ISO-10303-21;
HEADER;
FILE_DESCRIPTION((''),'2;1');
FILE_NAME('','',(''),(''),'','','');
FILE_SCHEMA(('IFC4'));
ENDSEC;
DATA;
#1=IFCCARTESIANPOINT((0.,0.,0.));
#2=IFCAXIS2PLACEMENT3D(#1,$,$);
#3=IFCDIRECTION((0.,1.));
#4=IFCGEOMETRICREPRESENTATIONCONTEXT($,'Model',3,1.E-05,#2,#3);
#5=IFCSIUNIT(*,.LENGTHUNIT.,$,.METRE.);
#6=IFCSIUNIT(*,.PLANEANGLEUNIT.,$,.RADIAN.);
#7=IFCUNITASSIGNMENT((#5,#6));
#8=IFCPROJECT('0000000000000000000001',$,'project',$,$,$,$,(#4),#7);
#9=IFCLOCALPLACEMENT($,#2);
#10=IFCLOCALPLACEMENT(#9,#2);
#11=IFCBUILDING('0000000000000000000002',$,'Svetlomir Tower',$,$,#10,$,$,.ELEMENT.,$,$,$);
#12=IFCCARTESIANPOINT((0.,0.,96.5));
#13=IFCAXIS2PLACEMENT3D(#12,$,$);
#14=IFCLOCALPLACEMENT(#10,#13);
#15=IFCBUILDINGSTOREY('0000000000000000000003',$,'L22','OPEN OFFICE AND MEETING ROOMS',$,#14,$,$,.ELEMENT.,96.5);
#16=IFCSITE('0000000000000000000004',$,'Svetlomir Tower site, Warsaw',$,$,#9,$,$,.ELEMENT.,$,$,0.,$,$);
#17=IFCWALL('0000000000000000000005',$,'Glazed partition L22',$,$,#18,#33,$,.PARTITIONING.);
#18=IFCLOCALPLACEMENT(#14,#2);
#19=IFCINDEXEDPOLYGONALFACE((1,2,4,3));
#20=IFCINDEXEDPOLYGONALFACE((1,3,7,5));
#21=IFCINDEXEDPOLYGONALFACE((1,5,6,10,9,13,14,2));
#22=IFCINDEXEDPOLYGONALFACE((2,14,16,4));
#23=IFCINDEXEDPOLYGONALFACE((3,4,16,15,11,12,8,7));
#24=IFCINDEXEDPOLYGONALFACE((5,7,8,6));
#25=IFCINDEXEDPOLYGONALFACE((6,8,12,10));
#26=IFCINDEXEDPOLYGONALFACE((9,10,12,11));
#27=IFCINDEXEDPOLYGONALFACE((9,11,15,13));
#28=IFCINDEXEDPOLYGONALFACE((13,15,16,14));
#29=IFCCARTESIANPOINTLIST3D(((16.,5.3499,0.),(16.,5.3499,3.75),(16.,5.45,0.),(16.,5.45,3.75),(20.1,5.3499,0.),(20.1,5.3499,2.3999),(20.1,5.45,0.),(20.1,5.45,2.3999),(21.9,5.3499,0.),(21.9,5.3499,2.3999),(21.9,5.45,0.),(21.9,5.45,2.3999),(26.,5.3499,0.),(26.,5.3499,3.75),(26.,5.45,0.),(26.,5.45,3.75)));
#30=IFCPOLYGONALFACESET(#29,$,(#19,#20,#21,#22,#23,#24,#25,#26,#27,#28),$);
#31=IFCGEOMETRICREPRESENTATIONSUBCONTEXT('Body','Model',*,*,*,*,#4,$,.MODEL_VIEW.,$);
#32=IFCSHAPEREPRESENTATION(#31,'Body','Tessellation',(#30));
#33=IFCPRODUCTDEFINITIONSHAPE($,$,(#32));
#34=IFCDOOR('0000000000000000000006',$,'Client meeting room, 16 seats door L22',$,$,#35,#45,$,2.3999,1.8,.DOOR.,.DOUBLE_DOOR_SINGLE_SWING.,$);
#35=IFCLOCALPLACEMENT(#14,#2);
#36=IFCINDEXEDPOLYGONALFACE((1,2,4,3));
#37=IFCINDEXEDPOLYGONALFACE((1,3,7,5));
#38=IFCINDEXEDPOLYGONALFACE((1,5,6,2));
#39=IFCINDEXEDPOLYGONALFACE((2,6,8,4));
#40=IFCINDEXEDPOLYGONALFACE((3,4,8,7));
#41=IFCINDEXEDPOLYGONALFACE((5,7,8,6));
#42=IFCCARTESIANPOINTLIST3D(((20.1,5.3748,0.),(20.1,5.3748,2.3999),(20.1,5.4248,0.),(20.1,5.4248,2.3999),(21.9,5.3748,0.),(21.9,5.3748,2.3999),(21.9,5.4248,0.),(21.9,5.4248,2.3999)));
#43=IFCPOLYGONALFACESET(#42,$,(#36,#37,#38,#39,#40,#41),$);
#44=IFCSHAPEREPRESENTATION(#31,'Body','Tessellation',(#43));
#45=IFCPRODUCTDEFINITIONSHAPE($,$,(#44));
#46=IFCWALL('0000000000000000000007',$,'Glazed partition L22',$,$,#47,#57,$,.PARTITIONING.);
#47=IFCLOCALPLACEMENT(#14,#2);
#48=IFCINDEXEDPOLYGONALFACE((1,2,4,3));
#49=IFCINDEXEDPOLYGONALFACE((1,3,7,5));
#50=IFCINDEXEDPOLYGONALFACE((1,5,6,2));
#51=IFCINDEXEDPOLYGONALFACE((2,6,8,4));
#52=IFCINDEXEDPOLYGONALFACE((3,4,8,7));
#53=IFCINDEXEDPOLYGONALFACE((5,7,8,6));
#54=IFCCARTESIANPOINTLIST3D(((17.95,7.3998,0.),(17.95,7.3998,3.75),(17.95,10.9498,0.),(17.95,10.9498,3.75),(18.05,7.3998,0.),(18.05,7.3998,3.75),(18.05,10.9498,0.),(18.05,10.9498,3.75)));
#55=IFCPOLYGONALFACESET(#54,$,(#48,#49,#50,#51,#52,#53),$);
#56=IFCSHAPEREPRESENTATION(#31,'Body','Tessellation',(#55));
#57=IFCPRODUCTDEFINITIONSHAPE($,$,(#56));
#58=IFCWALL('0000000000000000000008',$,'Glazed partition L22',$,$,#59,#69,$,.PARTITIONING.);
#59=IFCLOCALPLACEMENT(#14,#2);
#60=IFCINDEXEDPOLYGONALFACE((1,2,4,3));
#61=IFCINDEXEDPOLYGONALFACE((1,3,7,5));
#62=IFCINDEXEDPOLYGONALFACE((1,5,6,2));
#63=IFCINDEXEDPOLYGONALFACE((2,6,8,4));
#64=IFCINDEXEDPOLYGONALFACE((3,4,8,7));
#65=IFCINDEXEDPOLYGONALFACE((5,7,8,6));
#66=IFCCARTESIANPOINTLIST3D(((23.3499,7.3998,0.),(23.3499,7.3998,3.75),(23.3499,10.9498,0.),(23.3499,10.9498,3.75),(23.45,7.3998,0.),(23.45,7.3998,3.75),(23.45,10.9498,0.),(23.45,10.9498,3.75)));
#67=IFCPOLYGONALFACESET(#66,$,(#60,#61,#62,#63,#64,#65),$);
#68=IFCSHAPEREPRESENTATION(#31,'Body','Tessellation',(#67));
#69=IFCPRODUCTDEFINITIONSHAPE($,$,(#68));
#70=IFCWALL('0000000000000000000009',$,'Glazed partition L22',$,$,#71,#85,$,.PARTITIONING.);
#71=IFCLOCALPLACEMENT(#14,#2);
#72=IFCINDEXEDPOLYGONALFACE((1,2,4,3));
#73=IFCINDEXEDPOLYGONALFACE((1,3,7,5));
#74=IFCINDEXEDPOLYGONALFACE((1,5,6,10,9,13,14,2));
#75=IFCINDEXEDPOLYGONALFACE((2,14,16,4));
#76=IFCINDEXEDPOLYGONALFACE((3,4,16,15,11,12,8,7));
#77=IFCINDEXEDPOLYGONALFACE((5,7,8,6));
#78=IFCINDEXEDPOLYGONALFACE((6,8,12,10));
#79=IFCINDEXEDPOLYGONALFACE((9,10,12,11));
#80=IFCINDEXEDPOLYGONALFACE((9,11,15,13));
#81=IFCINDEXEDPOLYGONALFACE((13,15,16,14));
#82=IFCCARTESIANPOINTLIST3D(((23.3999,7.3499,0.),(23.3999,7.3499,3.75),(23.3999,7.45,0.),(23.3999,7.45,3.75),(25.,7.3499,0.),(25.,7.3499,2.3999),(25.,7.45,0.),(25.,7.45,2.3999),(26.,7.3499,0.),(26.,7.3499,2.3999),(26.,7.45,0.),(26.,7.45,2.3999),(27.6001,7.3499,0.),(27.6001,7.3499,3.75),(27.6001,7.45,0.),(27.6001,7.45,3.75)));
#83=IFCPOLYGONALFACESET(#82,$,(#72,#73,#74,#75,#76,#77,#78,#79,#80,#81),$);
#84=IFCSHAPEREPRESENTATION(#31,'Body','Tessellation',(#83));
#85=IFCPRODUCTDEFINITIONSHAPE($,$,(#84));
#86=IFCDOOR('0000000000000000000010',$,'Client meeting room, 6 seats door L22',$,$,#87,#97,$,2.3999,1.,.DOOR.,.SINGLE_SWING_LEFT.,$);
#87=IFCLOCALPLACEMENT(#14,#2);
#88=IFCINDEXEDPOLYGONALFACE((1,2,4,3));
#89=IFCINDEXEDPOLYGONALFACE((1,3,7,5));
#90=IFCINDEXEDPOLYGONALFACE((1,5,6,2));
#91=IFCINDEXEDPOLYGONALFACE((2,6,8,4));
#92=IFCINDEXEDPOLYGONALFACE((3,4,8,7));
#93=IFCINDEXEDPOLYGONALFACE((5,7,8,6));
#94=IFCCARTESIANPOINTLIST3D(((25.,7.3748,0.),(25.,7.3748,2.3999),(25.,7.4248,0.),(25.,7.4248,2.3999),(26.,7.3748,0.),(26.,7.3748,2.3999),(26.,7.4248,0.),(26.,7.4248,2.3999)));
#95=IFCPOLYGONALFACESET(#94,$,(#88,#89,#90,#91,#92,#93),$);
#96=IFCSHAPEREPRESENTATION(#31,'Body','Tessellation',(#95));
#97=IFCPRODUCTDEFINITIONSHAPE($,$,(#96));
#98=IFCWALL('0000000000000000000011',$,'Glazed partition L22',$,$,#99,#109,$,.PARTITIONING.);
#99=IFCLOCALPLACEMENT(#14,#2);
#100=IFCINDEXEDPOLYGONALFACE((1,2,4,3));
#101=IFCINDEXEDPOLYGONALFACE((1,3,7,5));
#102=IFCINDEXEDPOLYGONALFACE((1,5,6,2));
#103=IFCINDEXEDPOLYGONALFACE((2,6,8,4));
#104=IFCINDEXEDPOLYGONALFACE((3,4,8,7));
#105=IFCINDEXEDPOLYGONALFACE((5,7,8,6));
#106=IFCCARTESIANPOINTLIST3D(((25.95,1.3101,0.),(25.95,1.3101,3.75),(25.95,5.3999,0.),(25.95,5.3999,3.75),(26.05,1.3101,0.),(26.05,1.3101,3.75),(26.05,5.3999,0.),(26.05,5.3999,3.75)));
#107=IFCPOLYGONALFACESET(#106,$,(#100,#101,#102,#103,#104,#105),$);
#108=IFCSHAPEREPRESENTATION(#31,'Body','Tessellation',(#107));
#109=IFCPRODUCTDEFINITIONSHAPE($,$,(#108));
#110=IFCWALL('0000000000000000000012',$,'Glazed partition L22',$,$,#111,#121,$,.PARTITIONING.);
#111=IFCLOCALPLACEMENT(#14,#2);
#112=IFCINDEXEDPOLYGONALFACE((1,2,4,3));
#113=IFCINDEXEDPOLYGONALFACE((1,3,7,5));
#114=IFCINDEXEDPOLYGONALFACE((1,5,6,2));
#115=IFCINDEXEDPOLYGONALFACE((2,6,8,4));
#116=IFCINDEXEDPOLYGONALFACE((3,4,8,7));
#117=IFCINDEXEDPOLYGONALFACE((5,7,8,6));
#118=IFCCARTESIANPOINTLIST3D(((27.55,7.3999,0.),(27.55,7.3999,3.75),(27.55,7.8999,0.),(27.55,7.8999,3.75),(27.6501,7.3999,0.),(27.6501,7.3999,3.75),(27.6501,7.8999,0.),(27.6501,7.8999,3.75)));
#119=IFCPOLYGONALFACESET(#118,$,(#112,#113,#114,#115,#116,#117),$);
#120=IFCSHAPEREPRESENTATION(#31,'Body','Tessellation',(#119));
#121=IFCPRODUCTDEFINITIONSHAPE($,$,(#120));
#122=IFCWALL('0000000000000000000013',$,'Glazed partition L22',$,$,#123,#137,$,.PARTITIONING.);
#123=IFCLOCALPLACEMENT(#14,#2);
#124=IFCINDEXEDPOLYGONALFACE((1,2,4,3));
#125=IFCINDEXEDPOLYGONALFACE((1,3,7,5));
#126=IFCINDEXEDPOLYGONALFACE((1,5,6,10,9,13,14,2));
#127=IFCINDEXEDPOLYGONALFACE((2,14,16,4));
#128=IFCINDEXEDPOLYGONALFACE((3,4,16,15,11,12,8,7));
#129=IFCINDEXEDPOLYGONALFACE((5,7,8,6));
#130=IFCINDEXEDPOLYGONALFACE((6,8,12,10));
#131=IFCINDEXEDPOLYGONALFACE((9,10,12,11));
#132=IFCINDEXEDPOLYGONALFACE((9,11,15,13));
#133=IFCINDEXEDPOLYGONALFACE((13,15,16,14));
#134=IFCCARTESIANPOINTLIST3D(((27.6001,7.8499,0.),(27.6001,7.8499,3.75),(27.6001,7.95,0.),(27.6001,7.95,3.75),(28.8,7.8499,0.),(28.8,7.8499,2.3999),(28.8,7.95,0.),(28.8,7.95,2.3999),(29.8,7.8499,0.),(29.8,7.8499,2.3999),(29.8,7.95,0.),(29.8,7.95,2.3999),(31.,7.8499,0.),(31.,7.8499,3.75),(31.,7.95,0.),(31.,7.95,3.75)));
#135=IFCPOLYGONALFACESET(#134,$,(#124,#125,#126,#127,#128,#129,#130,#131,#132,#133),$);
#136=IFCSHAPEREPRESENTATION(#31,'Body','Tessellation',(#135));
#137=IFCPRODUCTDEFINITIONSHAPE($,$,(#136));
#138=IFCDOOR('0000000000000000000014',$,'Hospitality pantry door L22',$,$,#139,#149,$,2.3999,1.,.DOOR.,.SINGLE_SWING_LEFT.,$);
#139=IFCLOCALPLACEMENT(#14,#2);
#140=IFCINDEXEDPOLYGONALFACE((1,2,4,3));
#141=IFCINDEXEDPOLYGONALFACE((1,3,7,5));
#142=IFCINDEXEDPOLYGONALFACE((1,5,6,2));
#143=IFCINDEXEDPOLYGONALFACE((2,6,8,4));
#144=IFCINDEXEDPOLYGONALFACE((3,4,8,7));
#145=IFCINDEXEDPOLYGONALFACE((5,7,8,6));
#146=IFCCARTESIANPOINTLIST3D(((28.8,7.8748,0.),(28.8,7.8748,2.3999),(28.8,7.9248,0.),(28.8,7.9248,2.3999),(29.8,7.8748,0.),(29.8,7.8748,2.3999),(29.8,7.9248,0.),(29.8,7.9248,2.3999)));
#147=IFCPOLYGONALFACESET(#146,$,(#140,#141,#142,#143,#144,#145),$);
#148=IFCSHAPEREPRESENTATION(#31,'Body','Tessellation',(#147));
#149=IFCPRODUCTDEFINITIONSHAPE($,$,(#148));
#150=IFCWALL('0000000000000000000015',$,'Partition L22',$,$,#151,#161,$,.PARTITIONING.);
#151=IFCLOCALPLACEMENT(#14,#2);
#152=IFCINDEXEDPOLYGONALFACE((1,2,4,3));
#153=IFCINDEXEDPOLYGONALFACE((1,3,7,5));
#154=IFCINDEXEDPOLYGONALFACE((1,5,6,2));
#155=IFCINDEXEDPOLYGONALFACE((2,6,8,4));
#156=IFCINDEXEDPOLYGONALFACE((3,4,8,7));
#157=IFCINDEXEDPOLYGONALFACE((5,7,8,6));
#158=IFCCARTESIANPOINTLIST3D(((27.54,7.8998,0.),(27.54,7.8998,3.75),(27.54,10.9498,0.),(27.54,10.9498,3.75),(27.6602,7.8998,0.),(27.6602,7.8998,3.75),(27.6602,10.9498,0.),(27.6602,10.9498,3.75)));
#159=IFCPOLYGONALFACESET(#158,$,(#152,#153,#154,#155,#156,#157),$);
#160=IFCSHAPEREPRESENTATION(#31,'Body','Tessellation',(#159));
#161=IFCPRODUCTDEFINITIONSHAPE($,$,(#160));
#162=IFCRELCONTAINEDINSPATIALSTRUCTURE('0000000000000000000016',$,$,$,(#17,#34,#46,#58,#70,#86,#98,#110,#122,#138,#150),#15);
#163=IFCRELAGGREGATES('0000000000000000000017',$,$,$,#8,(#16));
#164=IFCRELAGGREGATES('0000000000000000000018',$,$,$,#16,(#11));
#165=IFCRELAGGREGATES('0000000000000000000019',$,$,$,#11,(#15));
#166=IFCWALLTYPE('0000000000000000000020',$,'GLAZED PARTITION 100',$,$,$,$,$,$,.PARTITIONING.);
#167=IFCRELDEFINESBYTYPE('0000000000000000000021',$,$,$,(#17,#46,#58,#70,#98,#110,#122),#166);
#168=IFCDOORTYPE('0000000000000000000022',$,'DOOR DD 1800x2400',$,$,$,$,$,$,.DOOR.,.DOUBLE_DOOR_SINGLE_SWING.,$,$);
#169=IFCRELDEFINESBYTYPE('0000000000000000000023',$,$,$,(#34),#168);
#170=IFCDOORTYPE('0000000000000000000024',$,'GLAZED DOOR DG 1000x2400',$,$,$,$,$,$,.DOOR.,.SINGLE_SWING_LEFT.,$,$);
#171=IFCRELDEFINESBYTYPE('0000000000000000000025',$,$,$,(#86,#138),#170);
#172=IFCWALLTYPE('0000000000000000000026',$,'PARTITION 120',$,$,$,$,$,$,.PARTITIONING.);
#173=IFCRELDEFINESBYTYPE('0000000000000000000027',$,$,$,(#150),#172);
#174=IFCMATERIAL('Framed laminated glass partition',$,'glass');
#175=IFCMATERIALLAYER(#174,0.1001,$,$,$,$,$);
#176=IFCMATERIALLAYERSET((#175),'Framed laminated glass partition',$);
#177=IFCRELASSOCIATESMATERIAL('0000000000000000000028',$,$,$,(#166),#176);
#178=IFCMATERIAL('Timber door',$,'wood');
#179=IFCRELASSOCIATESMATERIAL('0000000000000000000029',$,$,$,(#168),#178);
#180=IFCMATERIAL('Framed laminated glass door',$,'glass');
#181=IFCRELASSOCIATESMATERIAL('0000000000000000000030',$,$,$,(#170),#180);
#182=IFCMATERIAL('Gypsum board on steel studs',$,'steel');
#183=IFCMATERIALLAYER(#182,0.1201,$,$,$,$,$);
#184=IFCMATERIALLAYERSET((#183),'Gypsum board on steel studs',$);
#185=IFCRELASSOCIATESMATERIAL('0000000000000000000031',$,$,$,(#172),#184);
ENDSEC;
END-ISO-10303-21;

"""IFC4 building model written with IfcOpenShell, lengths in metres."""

from ifc_helpers import new_model, si_unit, direction, frame, frame_2d, origin, place, context, subcontext, project, spatial, rectangle, extrude, material, layer, layer_set, type_object, element, fill, save


model = new_model("IFC4")

# Units and contexts
model_context = context("Model", 3, precision=1e-05, world=origin(), true_north=direction((0.0, 1.0)))
body_context = subcontext(model_context, "Body", "Model", "MODEL_VIEW")
ifc_project = project(units=[si_unit("LENGTHUNIT", "METRE"), si_unit("PLANEANGLEUNIT", "RADIAN")], contexts=[model_context])

# Site, building, storey
site_placement = place(None, origin())
site = spatial("IfcSite", under=ifc_project, at=site_placement, Name="Svetlomir Tower site, Warsaw", CompositionType="ELEMENT", RefElevation=0.0)
building_placement = place(site_placement, origin())
building = spatial("IfcBuilding", under=site, at=building_placement, Name="Svetlomir Tower", CompositionType="ELEMENT")
storey_placement = place(building_placement, frame((0.0, 0.0, 96.5)))
storey = spatial("IfcBuildingStorey", under=building, at=storey_placement, Name="L22", Description="OPEN OFFICE AND MEETING ROOMS", CompositionType="ELEMENT", Elevation=96.5)

# Shared definitions
ifc_material_1 = material(Name="Framed laminated glass partition", Category="glass")
ifc_layer_1 = layer(ifc_material_1, 0.1001)
ifc_layer_set_1 = layer_set([ifc_layer_1], Name="Framed laminated glass partition")
wall_type_1 = type_object("IfcWallType", Name="GLAZED PARTITION 100", PredefinedType="PARTITIONING", material=ifc_layer_set_1)

# Wall, opening, door
wall_1_placement = place(storey_placement, frame((16.0, 5.3999, 0.0), z_axis=(0.0, 0.0, 1.0), x_axis=(1.0, 0.0, 0.0)))
wall_1 = element("IfcWall", 1, at=wall_1_placement, inside=storey, type_object=wall_type_1, Name="Glazed partition L22", PredefinedType="PARTITIONING", context=body_context, shape_type="SweptSolid", body=[
    extrude(rectangle(XDim=10.0, YDim=0.1001, at=frame_2d((5.0, 0.0))), origin(), (0.0, 0.0, 1.0), 3.75),
])
opening_1_placement = place(wall_1_placement, frame((4.1001, 0.0, 0.0)))
opening_1 = element("IfcOpeningElement", 2, at=opening_1_placement, cuts=wall_1, PredefinedType="OPENING", context=body_context, shape_type="SweptSolid", body=[
    extrude(rectangle(XDim=1.8, YDim=2.3999, at=frame_2d((0.8999, 1.2))), frame((0.0, 0.0601, 0.0), z_axis=(0.0, -1.0, 0.0), x_axis=(1.0, 0.0, 0.0)), (0.0, 0.0, 1.0), 0.1201),
])
ifc_material_2 = material(Name="Timber door", Category="wood")
door_type_1 = type_object("IfcDoorType", Name="DOOR DD 1800x2400", OperationType="DOUBLE_DOOR_SINGLE_SWING", PredefinedType="DOOR", material=ifc_material_2)
door_1_placement = place(opening_1_placement, origin())
door_1 = element("IfcDoor", 3, at=door_1_placement, inside=storey, type_object=door_type_1, Name="Client meeting room, 16 seats door L22", OperationType="DOUBLE_DOOR_SINGLE_SWING", OverallHeight=2.3999, OverallWidth=1.8, PredefinedType="DOOR", context=body_context, shape_type="SweptSolid", body=[
    extrude(rectangle(XDim=1.8, YDim=2.3999, at=frame_2d((0.8999, 1.2))), frame((0.0, 0.0249, 0.0), z_axis=(0.0, -1.0, 0.0), x_axis=(1.0, 0.0, 0.0)), (0.0, 0.0, 1.0), 0.05),
])
fill(opening_1, door_1)

# Walls
for number, where, z_axis, x_axis, name in (
    (4, (18.0, 7.3999, 0.0), (0.0, 0.0, 1.0), (0.0, 1.0, 0.0), "Glazed partition L22"),
    (5, (23.3999, 7.3999, 0.0), (0.0, 0.0, 1.0), (0.0, 1.0, 0.0), "Glazed partition L22"),
):
    element("IfcWall", number, at=place(storey_placement, frame(where, z_axis=z_axis, x_axis=x_axis)), inside=storey, type_object=wall_type_1, Name=name, PredefinedType="PARTITIONING", context=body_context, shape_type="SweptSolid", body=[
        extrude(rectangle(XDim=3.55, YDim=0.1001, at=frame_2d((1.7749, 0.0))), origin(), (0.0, 0.0, 1.0), 3.75),
    ])

# Wall, opening, door
wall_2_placement = place(storey_placement, frame((23.3999, 7.3999, 0.0), z_axis=(0.0, 0.0, 1.0), x_axis=(1.0, 0.0, 0.0)))
wall_2 = element("IfcWall", 6, at=wall_2_placement, inside=storey, type_object=wall_type_1, Name="Glazed partition L22", PredefinedType="PARTITIONING", context=body_context, shape_type="SweptSolid", body=[
    extrude(rectangle(XDim=4.2002, YDim=0.1001, at=frame_2d((2.1001, 0.0))), origin(), (0.0, 0.0, 1.0), 3.75),
])
opening_2_placement = place(wall_2_placement, frame((1.6001, 0.0, 0.0)))
opening_2 = element("IfcOpeningElement", 7, at=opening_2_placement, cuts=wall_2, PredefinedType="OPENING", context=body_context, shape_type="SweptSolid", body=[
    extrude(rectangle(XDim=1.0, YDim=2.3999, at=frame_2d((0.5, 1.2))), frame((0.0, 0.0601, 0.0), z_axis=(0.0, -1.0, 0.0), x_axis=(1.0, 0.0, 0.0)), (0.0, 0.0, 1.0), 0.1201),
])
ifc_material_3 = material(Name="Framed laminated glass door", Category="glass")
door_type_2 = type_object("IfcDoorType", Name="GLAZED DOOR DG 1000x2400", OperationType="SINGLE_SWING_LEFT", PredefinedType="DOOR", material=ifc_material_3)
door_2_placement = place(opening_2_placement, origin())
door_2 = element("IfcDoor", 8, at=door_2_placement, inside=storey, type_object=door_type_2, Name="Client meeting room, 6 seats door L22", OperationType="SINGLE_SWING_LEFT", OverallHeight=2.3999, OverallWidth=1.0, PredefinedType="DOOR", context=body_context, shape_type="SweptSolid", body=[
    extrude(rectangle(XDim=1.0, YDim=2.3999, at=frame_2d((0.5, 1.2))), frame((0.0, 0.0249, 0.0), z_axis=(0.0, -1.0, 0.0), x_axis=(1.0, 0.0, 0.0)), (0.0, 0.0, 1.0), 0.05),
])
fill(opening_2, door_2)

# Walls
wall_3_placement = place(storey_placement, frame((26.0, 1.3101, 0.0), z_axis=(0.0, 0.0, 1.0), x_axis=(0.0, 1.0, 0.0)))
element("IfcWall", 9, at=wall_3_placement, inside=storey, type_object=wall_type_1, Name="Glazed partition L22", PredefinedType="PARTITIONING", context=body_context, shape_type="SweptSolid", body=[
    extrude(rectangle(XDim=4.0898, YDim=0.1001, at=frame_2d((2.0449, 0.0))), origin(), (0.0, 0.0, 1.0), 3.75),
])
wall_4_placement = place(storey_placement, frame((27.6001, 7.3999, 0.0), z_axis=(0.0, 0.0, 1.0), x_axis=(0.0, 1.0, 0.0)))
element("IfcWall", 10, at=wall_4_placement, inside=storey, type_object=wall_type_1, Name="Glazed partition L22", PredefinedType="PARTITIONING", context=body_context, shape_type="SweptSolid", body=[
    extrude(rectangle(XDim=0.5, YDim=0.1001, at=frame_2d((0.25, 0.0))), origin(), (0.0, 0.0, 1.0), 3.75),
])

# Wall, opening, door
wall_5_placement = place(storey_placement, frame((27.6001, 7.8999, 0.0), z_axis=(0.0, 0.0, 1.0), x_axis=(1.0, 0.0, 0.0)))
wall_5 = element("IfcWall", 11, at=wall_5_placement, inside=storey, type_object=wall_type_1, Name="Glazed partition L22", PredefinedType="PARTITIONING", context=body_context, shape_type="SweptSolid", body=[
    extrude(rectangle(XDim=3.3999, YDim=0.1001, at=frame_2d((1.7, 0.0))), origin(), (0.0, 0.0, 1.0), 3.75),
])
opening_3_placement = place(wall_5_placement, frame((1.2, 0.0, 0.0)))
opening_3 = element("IfcOpeningElement", 12, at=opening_3_placement, cuts=wall_5, PredefinedType="OPENING", context=body_context, shape_type="SweptSolid", body=[
    extrude(rectangle(XDim=1.0, YDim=2.3999, at=frame_2d((0.5, 1.2))), frame((0.0, 0.0601, 0.0), z_axis=(0.0, -1.0, 0.0), x_axis=(1.0, 0.0, 0.0)), (0.0, 0.0, 1.0), 0.1201),
])
door_3_placement = place(opening_3_placement, origin())
door_3 = element("IfcDoor", 13, at=door_3_placement, inside=storey, type_object=door_type_2, Name="Hospitality pantry door L22", OperationType="SINGLE_SWING_LEFT", OverallHeight=2.3999, OverallWidth=1.0, PredefinedType="DOOR", context=body_context, shape_type="SweptSolid", body=[
    extrude(rectangle(XDim=1.0, YDim=2.3999, at=frame_2d((0.5, 1.2))), frame((0.0, 0.0249, 0.0), z_axis=(0.0, -1.0, 0.0), x_axis=(1.0, 0.0, 0.0)), (0.0, 0.0, 1.0), 0.05),
])
fill(opening_3, door_3)

# Wall
ifc_material_4 = material(Name="Gypsum board on steel studs", Category="steel")
ifc_layer_2 = layer(ifc_material_4, 0.1201)
ifc_layer_set_2 = layer_set([ifc_layer_2], Name="Gypsum board on steel studs")
wall_type_2 = type_object("IfcWallType", Name="PARTITION 120", PredefinedType="PARTITIONING", material=ifc_layer_set_2)
wall_6_placement = place(storey_placement, frame((27.6001, 7.8999, 0.0), z_axis=(0.0, 0.0, 1.0), x_axis=(0.0, 1.0, 0.0)))
element("IfcWall", 14, at=wall_6_placement, inside=storey, type_object=wall_type_2, Name="Partition L22", PredefinedType="PARTITIONING", context=body_context, shape_type="SweptSolid", body=[
    extrude(rectangle(XDim=3.05, YDim=0.1201, at=frame_2d((1.5249, 0.0))), origin(), (0.0, 0.0, 1.0), 3.75),
])

save(model, "model.ifc")
